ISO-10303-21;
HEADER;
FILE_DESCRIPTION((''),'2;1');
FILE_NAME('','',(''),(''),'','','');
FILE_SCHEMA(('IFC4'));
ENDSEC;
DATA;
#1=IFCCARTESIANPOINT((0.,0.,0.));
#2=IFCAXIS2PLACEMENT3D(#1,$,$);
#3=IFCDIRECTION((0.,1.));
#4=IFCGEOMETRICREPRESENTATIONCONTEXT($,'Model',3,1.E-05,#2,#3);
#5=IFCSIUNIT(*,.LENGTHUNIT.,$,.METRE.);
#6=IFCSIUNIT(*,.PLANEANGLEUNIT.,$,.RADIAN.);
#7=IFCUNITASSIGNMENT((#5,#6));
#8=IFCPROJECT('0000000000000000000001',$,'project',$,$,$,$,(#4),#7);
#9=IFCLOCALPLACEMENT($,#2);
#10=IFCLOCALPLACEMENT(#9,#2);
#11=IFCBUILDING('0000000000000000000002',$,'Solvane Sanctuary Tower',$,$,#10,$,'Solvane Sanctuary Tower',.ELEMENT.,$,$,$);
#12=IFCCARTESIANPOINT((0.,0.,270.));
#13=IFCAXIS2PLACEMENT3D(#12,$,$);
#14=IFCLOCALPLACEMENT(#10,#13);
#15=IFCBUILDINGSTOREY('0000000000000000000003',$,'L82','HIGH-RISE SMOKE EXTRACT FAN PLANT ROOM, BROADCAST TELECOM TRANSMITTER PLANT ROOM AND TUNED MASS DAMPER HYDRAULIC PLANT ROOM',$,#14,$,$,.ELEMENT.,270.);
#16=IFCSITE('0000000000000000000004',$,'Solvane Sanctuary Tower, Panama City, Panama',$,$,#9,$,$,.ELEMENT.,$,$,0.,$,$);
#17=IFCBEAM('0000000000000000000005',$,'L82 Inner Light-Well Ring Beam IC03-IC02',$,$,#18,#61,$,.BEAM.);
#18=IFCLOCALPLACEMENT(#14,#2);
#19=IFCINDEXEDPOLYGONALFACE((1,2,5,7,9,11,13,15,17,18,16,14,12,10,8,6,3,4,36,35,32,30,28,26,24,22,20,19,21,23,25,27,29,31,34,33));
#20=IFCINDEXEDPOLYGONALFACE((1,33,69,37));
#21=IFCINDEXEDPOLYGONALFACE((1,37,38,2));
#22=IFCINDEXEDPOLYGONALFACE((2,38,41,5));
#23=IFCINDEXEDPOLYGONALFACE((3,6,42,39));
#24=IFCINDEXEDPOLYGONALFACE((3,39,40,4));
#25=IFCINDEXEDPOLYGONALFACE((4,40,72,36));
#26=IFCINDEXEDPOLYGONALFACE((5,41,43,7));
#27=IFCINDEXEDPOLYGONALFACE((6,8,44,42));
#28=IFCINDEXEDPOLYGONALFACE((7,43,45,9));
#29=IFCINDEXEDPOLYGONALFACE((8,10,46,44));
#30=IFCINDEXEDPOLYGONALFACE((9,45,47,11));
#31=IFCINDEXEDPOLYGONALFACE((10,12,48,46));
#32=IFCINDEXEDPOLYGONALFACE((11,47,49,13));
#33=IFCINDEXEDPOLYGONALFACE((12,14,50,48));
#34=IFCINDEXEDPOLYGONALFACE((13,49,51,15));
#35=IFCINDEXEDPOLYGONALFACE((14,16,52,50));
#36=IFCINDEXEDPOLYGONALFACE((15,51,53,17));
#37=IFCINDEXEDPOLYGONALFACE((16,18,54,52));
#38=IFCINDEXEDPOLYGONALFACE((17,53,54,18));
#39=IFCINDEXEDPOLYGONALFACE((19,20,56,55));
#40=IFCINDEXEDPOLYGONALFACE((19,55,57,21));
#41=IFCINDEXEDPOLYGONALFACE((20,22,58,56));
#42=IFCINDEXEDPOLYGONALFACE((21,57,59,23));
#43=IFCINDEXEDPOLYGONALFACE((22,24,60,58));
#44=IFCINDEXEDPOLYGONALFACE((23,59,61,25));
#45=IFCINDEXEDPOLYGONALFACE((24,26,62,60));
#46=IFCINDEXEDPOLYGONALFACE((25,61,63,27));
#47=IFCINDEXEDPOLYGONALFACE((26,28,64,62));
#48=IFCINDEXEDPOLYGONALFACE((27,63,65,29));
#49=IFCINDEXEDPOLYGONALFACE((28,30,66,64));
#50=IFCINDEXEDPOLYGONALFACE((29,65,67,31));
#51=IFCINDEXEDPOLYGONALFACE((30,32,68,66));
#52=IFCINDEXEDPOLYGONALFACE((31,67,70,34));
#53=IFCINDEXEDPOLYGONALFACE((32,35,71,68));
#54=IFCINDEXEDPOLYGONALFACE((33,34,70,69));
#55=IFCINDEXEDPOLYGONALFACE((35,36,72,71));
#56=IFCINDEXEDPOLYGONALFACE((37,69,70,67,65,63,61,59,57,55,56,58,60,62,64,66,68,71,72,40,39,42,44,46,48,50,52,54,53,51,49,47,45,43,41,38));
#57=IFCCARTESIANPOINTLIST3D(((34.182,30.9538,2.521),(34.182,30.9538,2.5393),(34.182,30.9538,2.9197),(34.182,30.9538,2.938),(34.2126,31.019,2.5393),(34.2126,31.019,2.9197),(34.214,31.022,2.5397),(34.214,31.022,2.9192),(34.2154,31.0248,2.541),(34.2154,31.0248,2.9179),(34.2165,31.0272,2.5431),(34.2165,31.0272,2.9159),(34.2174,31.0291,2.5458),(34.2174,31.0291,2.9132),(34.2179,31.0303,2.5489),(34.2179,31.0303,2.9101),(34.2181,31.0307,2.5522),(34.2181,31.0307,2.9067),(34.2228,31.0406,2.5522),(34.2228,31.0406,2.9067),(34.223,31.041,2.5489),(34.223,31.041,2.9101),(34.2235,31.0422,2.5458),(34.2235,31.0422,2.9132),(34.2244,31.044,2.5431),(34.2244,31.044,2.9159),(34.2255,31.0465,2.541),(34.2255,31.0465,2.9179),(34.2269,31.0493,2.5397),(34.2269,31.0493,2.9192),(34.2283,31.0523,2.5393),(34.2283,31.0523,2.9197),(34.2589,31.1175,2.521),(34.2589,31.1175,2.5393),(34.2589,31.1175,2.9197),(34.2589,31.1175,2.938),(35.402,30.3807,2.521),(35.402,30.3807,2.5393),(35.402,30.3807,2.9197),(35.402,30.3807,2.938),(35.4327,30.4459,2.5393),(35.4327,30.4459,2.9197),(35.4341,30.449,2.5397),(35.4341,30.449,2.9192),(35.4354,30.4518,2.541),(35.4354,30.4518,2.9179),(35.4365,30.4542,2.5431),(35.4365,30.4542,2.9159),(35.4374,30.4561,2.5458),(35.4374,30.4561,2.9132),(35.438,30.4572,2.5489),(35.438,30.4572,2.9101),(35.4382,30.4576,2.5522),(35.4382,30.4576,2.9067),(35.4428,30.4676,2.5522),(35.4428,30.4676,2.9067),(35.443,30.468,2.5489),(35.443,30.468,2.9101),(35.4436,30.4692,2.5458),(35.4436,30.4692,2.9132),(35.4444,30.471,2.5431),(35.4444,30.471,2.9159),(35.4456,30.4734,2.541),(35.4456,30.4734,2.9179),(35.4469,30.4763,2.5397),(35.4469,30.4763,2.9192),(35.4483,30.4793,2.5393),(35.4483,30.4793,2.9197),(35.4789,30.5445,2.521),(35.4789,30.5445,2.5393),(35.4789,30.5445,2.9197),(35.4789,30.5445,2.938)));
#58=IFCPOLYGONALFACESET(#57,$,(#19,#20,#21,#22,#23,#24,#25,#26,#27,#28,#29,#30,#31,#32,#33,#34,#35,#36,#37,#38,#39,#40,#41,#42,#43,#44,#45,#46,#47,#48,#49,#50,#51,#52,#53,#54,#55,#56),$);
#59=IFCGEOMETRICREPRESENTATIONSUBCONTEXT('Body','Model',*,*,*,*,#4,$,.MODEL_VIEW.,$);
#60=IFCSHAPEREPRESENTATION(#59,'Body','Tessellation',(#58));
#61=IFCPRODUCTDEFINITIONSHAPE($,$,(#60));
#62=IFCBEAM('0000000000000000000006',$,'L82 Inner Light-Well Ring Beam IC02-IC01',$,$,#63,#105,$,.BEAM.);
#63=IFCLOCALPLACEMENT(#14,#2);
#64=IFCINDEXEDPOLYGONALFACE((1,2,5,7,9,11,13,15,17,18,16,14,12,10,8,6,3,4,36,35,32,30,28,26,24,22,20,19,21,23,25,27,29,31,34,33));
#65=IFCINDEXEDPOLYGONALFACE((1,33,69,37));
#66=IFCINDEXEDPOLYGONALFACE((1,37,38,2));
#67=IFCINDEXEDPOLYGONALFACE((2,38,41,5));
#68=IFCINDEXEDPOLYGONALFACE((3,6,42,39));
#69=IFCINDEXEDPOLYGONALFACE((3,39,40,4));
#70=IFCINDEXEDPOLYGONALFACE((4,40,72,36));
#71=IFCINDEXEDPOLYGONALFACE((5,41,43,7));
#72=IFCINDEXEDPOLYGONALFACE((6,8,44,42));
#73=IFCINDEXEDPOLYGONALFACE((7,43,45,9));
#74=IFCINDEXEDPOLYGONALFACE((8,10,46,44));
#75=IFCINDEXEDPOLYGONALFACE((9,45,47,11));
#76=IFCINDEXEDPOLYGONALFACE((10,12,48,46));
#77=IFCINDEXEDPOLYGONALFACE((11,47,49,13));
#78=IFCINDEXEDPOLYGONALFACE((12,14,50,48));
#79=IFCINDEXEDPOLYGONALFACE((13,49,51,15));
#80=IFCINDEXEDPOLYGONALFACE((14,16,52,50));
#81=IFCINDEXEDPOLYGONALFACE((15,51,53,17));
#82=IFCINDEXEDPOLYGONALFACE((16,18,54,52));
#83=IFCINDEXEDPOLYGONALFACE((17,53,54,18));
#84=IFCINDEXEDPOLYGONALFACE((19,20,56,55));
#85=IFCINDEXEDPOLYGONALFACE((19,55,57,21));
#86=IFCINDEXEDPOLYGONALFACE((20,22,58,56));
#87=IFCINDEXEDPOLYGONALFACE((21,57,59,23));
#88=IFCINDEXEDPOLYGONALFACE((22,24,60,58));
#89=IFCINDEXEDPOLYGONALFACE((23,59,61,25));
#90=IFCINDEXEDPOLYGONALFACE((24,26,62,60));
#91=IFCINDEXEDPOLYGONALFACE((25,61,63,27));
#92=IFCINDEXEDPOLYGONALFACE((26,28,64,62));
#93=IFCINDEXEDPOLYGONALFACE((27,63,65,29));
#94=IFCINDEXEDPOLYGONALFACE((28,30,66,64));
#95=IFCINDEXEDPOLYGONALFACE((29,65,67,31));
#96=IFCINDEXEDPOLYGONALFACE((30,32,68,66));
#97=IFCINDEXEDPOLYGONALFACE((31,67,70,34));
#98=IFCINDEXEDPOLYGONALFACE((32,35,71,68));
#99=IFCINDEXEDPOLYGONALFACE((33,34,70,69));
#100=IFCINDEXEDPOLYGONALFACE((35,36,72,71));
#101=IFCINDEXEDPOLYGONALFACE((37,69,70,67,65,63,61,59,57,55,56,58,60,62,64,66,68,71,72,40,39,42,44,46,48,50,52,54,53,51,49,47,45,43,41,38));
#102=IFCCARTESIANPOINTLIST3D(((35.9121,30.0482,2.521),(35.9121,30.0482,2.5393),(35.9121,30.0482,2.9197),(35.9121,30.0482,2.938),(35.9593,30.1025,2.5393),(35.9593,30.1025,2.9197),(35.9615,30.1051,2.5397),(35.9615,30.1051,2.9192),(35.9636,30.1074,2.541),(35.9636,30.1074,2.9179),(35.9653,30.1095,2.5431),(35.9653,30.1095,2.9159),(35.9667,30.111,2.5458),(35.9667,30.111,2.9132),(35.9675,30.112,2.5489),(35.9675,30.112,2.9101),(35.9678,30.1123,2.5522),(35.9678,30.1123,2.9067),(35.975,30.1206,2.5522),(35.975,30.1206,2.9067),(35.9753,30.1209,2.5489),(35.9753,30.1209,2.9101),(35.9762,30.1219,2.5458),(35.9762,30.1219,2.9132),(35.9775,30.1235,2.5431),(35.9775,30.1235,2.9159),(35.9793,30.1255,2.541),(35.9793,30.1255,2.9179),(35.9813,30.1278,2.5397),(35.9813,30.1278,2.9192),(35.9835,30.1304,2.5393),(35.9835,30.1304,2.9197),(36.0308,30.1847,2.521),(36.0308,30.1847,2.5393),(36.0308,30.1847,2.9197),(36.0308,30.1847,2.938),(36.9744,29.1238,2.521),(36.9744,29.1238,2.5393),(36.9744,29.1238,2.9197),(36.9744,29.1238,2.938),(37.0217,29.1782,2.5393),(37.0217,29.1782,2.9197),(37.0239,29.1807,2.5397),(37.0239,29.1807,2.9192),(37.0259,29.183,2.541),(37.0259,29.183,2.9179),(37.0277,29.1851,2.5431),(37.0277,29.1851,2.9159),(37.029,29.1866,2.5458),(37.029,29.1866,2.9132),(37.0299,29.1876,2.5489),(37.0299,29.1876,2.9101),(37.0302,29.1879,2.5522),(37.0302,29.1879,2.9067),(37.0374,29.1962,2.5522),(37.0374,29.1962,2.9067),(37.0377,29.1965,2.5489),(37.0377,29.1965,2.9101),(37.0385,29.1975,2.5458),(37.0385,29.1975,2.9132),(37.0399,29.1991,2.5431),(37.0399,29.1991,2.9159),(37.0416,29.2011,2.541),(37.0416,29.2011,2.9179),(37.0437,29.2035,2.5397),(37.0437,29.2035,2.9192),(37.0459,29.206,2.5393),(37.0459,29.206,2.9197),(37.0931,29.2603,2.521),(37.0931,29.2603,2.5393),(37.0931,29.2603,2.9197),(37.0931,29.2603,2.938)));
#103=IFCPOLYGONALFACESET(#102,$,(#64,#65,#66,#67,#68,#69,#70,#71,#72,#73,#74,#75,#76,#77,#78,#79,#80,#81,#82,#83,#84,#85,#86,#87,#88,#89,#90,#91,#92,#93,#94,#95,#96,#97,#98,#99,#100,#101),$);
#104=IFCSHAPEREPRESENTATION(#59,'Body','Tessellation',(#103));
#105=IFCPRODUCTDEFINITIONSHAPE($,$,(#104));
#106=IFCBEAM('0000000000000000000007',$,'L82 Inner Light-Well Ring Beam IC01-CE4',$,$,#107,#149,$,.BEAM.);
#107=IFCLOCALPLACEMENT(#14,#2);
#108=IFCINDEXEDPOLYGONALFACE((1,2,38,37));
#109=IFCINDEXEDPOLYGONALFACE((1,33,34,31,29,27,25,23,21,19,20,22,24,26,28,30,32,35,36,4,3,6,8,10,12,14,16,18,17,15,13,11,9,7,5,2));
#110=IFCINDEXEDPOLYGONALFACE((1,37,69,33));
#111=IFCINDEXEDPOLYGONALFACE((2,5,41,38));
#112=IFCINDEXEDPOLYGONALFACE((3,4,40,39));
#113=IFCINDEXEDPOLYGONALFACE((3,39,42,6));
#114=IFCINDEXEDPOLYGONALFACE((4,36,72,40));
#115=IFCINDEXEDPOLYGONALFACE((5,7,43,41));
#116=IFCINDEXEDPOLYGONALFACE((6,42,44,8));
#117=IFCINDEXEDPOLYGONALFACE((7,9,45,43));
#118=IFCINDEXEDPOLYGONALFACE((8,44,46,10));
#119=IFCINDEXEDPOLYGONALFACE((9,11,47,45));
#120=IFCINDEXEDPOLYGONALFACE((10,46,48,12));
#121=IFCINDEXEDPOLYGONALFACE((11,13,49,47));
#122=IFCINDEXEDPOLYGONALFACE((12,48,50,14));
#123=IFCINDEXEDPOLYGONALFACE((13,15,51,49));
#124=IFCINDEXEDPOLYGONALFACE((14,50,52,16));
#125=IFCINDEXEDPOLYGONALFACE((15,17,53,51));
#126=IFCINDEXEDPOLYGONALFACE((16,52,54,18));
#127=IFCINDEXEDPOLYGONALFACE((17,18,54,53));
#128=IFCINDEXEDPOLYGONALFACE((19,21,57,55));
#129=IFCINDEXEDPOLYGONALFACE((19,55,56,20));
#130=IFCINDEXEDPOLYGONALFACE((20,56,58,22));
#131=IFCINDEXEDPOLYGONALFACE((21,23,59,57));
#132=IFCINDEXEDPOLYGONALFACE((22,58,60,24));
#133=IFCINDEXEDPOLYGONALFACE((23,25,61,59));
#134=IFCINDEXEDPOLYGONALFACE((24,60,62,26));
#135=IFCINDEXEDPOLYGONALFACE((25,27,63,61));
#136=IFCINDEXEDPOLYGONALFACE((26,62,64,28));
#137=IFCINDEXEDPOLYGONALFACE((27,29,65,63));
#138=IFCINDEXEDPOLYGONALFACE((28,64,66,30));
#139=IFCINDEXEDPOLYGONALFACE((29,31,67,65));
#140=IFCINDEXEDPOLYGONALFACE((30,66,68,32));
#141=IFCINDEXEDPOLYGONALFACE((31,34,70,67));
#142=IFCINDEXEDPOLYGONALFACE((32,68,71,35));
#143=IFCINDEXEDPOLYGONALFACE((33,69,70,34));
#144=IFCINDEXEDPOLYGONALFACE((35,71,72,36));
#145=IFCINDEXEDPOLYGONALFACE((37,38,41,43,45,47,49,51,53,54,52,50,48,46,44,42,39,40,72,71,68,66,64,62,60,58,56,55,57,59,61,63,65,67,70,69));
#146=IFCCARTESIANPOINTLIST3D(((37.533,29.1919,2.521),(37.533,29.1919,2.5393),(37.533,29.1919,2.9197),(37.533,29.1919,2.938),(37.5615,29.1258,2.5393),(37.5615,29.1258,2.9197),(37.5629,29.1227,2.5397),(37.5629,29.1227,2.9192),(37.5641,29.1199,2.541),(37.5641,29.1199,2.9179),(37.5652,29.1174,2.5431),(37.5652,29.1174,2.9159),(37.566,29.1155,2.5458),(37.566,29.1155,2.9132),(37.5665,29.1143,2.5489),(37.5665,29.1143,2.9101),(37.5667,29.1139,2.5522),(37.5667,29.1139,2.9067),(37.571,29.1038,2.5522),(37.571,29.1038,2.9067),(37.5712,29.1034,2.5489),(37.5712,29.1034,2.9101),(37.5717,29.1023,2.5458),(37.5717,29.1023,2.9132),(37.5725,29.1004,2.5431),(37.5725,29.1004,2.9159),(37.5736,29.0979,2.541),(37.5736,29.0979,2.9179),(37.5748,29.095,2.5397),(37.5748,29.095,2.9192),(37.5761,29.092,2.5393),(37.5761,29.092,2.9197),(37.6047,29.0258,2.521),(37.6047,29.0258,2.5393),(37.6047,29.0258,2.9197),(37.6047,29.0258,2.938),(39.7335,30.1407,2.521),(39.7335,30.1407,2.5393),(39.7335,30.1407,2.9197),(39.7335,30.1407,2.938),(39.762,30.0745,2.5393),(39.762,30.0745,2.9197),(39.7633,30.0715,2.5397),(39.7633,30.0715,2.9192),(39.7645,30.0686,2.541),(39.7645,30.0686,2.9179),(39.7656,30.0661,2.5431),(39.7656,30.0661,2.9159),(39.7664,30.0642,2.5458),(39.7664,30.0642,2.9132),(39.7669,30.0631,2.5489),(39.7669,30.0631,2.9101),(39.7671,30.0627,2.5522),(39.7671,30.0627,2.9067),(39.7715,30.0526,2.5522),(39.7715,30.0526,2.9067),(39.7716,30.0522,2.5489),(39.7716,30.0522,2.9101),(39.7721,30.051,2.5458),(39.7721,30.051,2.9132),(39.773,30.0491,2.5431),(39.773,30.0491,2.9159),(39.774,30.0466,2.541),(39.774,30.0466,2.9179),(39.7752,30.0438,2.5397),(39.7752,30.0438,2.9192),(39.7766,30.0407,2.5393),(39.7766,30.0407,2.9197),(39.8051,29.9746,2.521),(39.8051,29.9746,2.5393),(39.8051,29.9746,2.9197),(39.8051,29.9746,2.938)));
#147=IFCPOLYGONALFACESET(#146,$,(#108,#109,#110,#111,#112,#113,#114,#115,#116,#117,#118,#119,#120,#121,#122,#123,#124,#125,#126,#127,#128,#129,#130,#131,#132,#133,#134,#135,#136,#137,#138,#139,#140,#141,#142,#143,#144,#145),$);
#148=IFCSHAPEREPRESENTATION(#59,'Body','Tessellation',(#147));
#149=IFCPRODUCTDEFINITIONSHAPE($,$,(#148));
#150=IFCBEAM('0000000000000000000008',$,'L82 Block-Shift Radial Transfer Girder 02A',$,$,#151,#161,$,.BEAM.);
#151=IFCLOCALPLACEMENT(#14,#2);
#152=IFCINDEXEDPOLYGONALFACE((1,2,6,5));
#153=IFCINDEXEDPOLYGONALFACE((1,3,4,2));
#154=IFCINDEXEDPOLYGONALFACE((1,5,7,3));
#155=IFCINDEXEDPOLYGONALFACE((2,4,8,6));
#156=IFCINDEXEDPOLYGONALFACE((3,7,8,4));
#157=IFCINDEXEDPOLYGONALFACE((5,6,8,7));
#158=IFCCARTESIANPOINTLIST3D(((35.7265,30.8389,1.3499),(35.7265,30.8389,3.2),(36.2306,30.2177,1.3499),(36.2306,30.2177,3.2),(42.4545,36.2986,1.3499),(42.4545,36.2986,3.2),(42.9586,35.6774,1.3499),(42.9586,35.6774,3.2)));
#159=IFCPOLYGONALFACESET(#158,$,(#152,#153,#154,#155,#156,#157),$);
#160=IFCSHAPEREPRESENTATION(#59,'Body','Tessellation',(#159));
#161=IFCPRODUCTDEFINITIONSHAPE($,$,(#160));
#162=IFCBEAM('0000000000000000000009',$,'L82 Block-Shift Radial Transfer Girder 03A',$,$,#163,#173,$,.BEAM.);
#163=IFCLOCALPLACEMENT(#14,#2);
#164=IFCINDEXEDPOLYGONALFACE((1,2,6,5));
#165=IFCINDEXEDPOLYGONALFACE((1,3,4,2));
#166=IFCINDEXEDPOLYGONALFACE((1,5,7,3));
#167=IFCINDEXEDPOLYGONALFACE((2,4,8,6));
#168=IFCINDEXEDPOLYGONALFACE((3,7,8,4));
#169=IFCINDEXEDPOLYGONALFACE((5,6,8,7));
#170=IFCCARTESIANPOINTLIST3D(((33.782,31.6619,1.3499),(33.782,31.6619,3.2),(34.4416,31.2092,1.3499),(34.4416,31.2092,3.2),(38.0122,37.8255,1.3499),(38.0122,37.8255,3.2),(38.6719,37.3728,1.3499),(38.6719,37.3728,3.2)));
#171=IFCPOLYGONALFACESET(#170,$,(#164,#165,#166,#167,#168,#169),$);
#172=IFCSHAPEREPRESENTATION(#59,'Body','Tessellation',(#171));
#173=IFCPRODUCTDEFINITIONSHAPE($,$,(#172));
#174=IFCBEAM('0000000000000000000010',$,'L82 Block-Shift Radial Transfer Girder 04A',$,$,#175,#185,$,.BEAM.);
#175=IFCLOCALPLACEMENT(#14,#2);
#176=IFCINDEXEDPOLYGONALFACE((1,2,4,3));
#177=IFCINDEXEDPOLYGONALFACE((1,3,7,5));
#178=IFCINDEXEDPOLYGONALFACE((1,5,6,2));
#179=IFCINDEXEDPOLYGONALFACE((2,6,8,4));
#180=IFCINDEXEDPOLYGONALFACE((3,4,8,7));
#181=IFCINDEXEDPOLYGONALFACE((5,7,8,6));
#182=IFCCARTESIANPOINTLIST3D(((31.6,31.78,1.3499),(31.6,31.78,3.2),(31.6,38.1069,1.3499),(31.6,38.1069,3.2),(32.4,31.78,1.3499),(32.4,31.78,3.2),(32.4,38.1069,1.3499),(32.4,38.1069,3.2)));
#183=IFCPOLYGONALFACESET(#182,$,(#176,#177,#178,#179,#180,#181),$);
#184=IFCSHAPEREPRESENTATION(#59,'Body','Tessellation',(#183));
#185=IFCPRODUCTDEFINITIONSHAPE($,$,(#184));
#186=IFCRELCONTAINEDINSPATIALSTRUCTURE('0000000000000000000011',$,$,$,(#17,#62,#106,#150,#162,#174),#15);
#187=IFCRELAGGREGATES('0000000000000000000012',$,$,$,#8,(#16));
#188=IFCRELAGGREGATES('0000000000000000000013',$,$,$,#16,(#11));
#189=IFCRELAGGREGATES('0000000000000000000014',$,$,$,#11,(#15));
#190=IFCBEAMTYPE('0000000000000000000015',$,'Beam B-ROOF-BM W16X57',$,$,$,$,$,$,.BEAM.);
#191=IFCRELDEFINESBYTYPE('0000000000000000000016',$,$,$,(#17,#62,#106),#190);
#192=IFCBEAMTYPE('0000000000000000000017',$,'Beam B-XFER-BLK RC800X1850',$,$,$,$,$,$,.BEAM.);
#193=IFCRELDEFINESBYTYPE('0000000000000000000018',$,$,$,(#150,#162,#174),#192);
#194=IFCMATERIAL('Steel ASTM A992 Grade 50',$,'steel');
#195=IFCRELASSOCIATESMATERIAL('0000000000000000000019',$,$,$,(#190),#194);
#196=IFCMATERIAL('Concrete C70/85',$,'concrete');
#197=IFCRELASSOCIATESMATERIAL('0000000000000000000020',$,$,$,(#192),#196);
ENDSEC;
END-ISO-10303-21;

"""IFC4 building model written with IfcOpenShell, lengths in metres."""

from ifc_helpers import new_model, si_unit, direction, frame, origin, origin_2d, place, context, subcontext, project, spatial, rectangle, i_section, extrude, material, material_profile, profile_set, type_object, element, save


model = new_model("IFC4")

# Units and contexts
model_context = context("Model", 3, precision=1e-05, world=origin(), true_north=direction((0.0, 1.0)))
body_context = subcontext(model_context, "Body", "Model", "MODEL_VIEW")
ifc_project = project(units=[si_unit("LENGTHUNIT", "METRE"), si_unit("PLANEANGLEUNIT", "RADIAN")], contexts=[model_context])

# Site, building, storey
site_placement = place(None, origin())
site = spatial("IfcSite", under=ifc_project, at=site_placement, Name="Solvane Sanctuary Tower, Panama City, Panama", CompositionType="ELEMENT", RefElevation=0.0)
building_placement = place(site_placement, origin())
building = spatial("IfcBuilding", under=site, at=building_placement, Name="Solvane Sanctuary Tower", LongName="Solvane Sanctuary Tower", CompositionType="ELEMENT")
storey_placement = place(building_placement, frame((0.0, 0.0, 270.0)))
storey = spatial("IfcBuildingStorey", under=building, at=storey_placement, Name="L82", Description="HIGH-RISE SMOKE EXTRACT FAN PLANT ROOM, BROADCAST TELECOM TRANSMITTER PLANT ROOM AND TUNED MASS DAMPER HYDRAULIC PLANT ROOM", CompositionType="ELEMENT", Elevation=270.0)

# Beams
ifc_material_1 = material(Name="Steel ASTM A992 Grade 50", Category="steel")
ifc_material_profile_1 = material_profile(ifc_material_1, i_section(OverallWidth=0.1809, OverallDepth=0.417, WebThickness=0.011, FlangeThickness=0.0183, FilletRadius=0.0129, at=origin_2d()), Name="W16X57")
ifc_profile_set_1 = profile_set([ifc_material_profile_1], Name="Steel ASTM A992 Grade 50")
beam_type_1 = type_object("IfcBeamType", Name="Beam B-ROOF-BM W16X57", PredefinedType="BEAM", material=ifc_profile_set_1)
beam_1_placement = place(storey_placement, frame((34.2205, 31.0356, 2.7295), z_axis=(0.905135, -0.425125, 0.0), x_axis=(0.425125, 0.905135, 0.0)))
element("IfcBeam", 1, at=beam_1_placement, inside=storey, type_object=beam_type_1, Name="L82 Inner Light-Well Ring Beam IC03-IC02", PredefinedType="BEAM", context=body_context, shape_type="SweptSolid", body=[
    extrude(i_section(OverallWidth=0.1809, OverallDepth=0.417, WebThickness=0.011, FlangeThickness=0.0183, FilletRadius=0.0129, at=origin_2d()), origin(), (0.0, 0.0, 1.0), 1.3479),
])
beam_2_placement = place(storey_placement, frame((35.9714, 30.1165, 2.7295), z_axis=(0.754389, -0.656428, 0.0), x_axis=(0.656428, 0.754389, 0.0)))
element("IfcBeam", 2, at=beam_2_placement, inside=storey, type_object=beam_type_1, Name="L82 Inner Light-Well Ring Beam IC02-IC01", PredefinedType="BEAM", context=body_context, shape_type="SweptSolid", body=[
    extrude(i_section(OverallWidth=0.1809, OverallDepth=0.417, WebThickness=0.011, FlangeThickness=0.0183, FilletRadius=0.0129, at=origin_2d()), origin(), (0.0, 0.0, 1.0), 1.4082),
])
beam_3_placement = place(storey_placement, frame((37.5688, 29.1089, 2.7295), z_axis=(0.918284, 0.395923, 0.0), x_axis=(-0.395923, 0.918284, 0.0)))
element("IfcBeam", 3, at=beam_3_placement, inside=storey, type_object=beam_type_1, Name="L82 Inner Light-Well Ring Beam IC01-CE4", PredefinedType="BEAM", context=body_context, shape_type="SweptSolid", body=[
    extrude(i_section(OverallWidth=0.1809, OverallDepth=0.417, WebThickness=0.011, FlangeThickness=0.0183, FilletRadius=0.0129, at=origin_2d()), origin(), (0.0, 0.0, 1.0), 2.3962),
])
ifc_material_2 = material(Name="Concrete C70/85", Category="concrete")
ifc_material_profile_2 = material_profile(ifc_material_2, rectangle(XDim=0.8, YDim=1.8501, at=origin_2d()), Name="RC800X1850")
ifc_profile_set_2 = profile_set([ifc_material_profile_2], Name="Concrete C70/85")
beam_type_2 = type_object("IfcBeamType", Name="Beam B-XFER-BLK RC800X1850", PredefinedType="BEAM", material=ifc_profile_set_2)
beam_4_placement = place(storey_placement, frame((35.9785, 30.5283, 2.2749), z_axis=(0.776498, 0.630119, 0.0), x_axis=(-0.630119, 0.776498, 0.0)))
element("IfcBeam", 4, at=beam_4_placement, inside=storey, type_object=beam_type_2, Name="L82 Block-Shift Radial Transfer Girder 02A", PredefinedType="BEAM", context=body_context, shape_type="SweptSolid", body=[
    extrude(rectangle(XDim=0.8, YDim=1.8501, at=origin_2d()), origin(), (0.0, 0.0, 1.0), 8.6646),
])
beam_5_placement = place(storey_placement, frame((34.1118, 31.4355, 2.2749), z_axis=(0.565872, 0.824493, 0.0), x_axis=(-0.824493, 0.565872, 0.0)))
element("IfcBeam", 5, at=beam_5_placement, inside=storey, type_object=beam_type_2, Name="L82 Block-Shift Radial Transfer Girder 03A", PredefinedType="BEAM", context=body_context, shape_type="SweptSolid", body=[
    extrude(rectangle(XDim=0.8, YDim=1.8501, at=origin_2d()), origin(), (0.0, 0.0, 1.0), 7.4756),
])
beam_6_placement = place(storey_placement, frame((32.0, 31.78, 2.2749), z_axis=(0.0, 1.0, 0.0), x_axis=(-1.0, 0.0, 0.0)))
element("IfcBeam", 6, at=beam_6_placement, inside=storey, type_object=beam_type_2, Name="L82 Block-Shift Radial Transfer Girder 04A", PredefinedType="BEAM", context=body_context, shape_type="SweptSolid", body=[
    extrude(rectangle(XDim=0.8, YDim=1.8501, at=origin_2d()), origin(), (0.0, 0.0, 1.0), 6.3269),
])

save(model, "model.ifc")
